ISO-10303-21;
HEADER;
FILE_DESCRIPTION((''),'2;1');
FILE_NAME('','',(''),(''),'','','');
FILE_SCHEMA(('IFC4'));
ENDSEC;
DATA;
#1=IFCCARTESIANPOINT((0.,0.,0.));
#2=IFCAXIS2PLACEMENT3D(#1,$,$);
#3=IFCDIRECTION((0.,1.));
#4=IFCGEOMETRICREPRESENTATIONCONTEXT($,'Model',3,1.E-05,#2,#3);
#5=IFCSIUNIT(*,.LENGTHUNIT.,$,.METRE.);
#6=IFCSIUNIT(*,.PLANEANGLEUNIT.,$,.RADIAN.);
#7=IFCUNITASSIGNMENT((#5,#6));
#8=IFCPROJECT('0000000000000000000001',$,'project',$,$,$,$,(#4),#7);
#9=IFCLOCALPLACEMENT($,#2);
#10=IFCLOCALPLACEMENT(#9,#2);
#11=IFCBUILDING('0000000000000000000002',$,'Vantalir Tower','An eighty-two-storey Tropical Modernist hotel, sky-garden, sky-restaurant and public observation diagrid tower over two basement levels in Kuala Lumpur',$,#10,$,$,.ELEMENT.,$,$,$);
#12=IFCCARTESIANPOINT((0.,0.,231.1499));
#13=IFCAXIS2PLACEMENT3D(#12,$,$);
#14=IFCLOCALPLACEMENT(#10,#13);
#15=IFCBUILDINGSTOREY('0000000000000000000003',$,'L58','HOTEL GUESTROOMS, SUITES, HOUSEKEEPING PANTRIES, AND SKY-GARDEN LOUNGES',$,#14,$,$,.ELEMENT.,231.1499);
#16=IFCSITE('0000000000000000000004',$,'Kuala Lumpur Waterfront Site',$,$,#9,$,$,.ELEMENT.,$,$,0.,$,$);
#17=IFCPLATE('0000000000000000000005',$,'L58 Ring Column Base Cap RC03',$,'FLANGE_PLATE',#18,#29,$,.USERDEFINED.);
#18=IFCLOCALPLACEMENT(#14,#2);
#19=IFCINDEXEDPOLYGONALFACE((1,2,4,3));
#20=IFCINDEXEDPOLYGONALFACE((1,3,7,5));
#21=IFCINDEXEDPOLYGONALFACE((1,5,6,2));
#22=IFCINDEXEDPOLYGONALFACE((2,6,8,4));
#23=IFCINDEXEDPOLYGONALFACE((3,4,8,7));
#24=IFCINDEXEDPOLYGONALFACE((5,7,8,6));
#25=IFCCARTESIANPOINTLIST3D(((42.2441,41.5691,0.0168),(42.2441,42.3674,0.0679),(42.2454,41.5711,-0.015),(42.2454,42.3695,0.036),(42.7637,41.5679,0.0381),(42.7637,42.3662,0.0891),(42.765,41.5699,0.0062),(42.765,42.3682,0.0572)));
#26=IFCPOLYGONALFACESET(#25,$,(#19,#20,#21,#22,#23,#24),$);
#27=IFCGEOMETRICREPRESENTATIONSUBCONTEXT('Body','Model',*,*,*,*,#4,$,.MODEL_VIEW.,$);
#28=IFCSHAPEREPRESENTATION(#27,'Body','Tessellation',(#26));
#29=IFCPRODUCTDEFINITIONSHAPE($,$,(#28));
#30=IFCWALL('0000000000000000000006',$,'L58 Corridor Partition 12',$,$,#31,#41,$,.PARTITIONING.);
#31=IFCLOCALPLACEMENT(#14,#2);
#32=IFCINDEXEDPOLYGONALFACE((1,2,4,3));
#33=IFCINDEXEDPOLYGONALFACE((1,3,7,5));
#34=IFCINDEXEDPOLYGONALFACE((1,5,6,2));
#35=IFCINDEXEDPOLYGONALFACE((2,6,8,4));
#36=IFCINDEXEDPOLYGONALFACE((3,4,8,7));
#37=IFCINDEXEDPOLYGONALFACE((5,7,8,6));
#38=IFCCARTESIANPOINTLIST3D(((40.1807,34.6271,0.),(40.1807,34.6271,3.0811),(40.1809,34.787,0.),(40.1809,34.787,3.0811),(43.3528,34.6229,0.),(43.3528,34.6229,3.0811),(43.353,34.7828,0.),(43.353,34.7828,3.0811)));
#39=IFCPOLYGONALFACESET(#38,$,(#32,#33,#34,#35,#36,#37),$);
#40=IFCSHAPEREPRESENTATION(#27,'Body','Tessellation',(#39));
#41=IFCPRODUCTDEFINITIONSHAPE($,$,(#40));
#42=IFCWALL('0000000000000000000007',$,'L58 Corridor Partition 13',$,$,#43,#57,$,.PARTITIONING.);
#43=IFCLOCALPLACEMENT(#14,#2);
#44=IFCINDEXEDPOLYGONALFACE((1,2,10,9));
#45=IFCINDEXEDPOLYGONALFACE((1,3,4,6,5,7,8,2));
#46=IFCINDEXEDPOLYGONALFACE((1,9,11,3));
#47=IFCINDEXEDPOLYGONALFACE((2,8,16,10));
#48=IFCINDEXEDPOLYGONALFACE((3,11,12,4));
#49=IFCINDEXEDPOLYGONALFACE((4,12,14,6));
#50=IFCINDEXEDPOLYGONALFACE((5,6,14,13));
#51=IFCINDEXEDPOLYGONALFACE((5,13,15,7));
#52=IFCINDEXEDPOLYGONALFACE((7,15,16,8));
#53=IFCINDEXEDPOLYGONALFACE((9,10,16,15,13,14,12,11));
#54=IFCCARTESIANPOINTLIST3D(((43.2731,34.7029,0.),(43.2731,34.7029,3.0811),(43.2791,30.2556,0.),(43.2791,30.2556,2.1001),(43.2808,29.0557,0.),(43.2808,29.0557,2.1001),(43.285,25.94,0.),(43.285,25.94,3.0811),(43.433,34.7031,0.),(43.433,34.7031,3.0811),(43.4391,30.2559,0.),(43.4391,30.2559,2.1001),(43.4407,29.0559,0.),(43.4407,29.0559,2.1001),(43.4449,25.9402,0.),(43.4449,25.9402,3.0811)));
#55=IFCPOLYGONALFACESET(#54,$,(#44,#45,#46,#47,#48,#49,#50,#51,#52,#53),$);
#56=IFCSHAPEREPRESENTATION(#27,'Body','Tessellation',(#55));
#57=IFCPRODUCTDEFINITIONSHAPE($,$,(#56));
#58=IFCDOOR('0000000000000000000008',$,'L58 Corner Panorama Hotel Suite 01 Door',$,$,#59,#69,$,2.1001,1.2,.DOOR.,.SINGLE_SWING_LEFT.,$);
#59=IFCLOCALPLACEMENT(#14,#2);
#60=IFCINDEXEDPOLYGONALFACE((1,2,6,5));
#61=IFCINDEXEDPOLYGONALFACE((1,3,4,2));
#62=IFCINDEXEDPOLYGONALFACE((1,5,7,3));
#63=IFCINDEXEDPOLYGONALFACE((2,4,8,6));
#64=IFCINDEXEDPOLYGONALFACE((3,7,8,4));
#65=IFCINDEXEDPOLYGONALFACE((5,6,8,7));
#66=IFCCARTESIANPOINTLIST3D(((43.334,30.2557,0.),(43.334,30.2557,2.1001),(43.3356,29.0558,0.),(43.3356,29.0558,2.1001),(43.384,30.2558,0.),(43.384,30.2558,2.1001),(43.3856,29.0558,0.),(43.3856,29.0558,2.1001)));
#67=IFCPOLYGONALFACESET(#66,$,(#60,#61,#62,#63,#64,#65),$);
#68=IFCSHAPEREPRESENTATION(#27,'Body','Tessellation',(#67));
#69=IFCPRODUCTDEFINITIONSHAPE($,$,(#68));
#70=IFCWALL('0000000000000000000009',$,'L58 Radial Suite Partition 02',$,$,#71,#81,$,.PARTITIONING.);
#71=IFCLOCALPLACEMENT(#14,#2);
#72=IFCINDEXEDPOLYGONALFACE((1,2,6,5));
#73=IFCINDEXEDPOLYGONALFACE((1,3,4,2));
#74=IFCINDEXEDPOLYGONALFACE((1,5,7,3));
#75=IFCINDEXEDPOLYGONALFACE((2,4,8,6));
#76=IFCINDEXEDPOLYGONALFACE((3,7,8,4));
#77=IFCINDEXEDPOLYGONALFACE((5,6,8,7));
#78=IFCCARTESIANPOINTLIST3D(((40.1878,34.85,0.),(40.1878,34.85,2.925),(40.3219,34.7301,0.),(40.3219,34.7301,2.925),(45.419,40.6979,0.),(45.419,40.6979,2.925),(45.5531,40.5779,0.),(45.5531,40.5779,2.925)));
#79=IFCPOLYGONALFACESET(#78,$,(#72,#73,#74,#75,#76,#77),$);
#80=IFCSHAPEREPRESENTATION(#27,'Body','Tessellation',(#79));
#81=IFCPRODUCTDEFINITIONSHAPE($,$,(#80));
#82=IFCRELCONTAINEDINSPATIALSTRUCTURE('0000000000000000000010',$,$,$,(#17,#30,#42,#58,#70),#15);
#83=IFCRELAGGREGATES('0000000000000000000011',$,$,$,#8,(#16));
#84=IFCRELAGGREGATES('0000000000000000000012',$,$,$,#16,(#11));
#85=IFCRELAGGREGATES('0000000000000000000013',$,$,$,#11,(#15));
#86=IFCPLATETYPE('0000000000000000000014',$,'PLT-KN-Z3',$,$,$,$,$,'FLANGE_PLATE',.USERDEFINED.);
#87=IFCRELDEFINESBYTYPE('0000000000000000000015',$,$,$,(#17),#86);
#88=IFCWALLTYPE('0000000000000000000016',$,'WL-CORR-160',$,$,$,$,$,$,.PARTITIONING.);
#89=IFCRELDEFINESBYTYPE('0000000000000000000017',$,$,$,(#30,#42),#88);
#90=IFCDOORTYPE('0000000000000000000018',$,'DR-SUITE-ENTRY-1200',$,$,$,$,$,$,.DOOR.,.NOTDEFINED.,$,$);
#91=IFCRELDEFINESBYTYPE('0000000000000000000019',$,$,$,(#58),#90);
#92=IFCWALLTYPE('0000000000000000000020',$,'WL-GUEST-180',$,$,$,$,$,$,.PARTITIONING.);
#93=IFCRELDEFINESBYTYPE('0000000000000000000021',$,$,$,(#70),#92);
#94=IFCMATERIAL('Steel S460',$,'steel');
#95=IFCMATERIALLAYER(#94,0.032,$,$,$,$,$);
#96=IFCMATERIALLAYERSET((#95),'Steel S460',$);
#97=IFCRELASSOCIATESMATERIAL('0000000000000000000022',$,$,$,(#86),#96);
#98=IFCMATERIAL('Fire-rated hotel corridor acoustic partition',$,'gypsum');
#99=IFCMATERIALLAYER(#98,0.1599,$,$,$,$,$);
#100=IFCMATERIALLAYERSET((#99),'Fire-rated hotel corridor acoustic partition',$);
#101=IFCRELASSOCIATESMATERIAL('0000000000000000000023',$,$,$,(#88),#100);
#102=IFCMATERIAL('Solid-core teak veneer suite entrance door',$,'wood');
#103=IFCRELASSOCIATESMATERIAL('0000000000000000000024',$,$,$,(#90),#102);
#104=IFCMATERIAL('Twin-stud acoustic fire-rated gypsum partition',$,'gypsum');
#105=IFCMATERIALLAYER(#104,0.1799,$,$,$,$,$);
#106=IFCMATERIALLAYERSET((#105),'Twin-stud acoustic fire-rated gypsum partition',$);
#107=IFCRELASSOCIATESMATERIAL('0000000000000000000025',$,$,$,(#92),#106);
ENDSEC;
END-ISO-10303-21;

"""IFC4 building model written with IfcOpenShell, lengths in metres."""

from ifc_helpers import new_model, si_unit, direction, frame, frame_2d, origin, place, context, subcontext, project, spatial, polyline, rectangle, outline, extrude, material, layer, layer_set, type_object, element, fill, save


model = new_model("IFC4")

# Units and contexts
model_context = context("Model", 3, precision=1e-05, world=origin(), true_north=direction((0.0, 1.0)))
body_context = subcontext(model_context, "Body", "Model", "MODEL_VIEW")
ifc_project = project(units=[si_unit("LENGTHUNIT", "METRE"), si_unit("PLANEANGLEUNIT", "RADIAN")], contexts=[model_context])

# Site, building, storey
site_placement = place(None, origin())
site = spatial("IfcSite", under=ifc_project, at=site_placement, Name="Kuala Lumpur Waterfront Site", CompositionType="ELEMENT", RefElevation=0.0)
building_placement = place(site_placement, origin())
building = spatial("IfcBuilding", under=site, at=building_placement, Name="Vantalir Tower", Description="An eighty-two-storey Tropical Modernist hotel, sky-garden, sky-restaurant and public observation diagrid tower over two basement levels in Kuala Lumpur", CompositionType="ELEMENT")
storey_placement = place(building_placement, frame((0.0, 0.0, 231.1499)))
storey = spatial("IfcBuildingStorey", under=building, at=storey_placement, Name="L58", Description="HOTEL GUESTROOMS, SUITES, HOUSEKEEPING PANTRIES, AND SKY-GARDEN LOUNGES", CompositionType="ELEMENT", Elevation=231.1499)

# Shared definitions
ifc_material_1 = material(Name="Steel S460", Category="steel")

# Plate
ifc_layer_1 = layer(ifc_material_1, 0.032)
ifc_layer_set_1 = layer_set([ifc_layer_1], Name="Steel S460")
plate_type_1 = type_object("IfcPlateType", Name="PLT-KN-Z3", ElementType="FLANGE_PLATE", PredefinedType="USERDEFINED", material=ifc_layer_set_1)
plate_1_placement = place(storey_placement, frame((42.2441, 42.3674, 0.0679), z_axis=(-0.040916, -0.063731, 0.997128), x_axis=(0.0, -0.997964, -0.063784)))
element("IfcPlate", 1, at=plate_1_placement, inside=storey, type_object=plate_type_1, Name="L58 Ring Column Base Cap RC03", ObjectType="FLANGE_PLATE", PredefinedType="USERDEFINED", context=body_context, shape_type="SweptSolid", body=[
    extrude(outline(polyline([(0.0, 0.0), (0.8, 0.0), (0.7998, 0.52), (-0.0001, 0.52), (0.0, 0.0)])), origin(), (0.0, 0.0, -1.0), 0.032),
])

# Wall
ifc_material_2 = material(Name="Fire-rated hotel corridor acoustic partition", Category="gypsum")
ifc_layer_2 = layer(ifc_material_2, 0.1599)
ifc_layer_set_2 = layer_set([ifc_layer_2], Name="Fire-rated hotel corridor acoustic partition")
wall_type_1 = type_object("IfcWallType", Name="WL-CORR-160", PredefinedType="PARTITIONING", material=ifc_layer_set_2)
wall_1_placement = place(storey_placement, frame((40.1809, 34.707, 0.0), z_axis=(0.0, 0.0, 1.0), x_axis=(0.999999, -0.001308, 0.0)))
element("IfcWall", 2, at=wall_1_placement, inside=storey, type_object=wall_type_1, Name="L58 Corridor Partition 12", PredefinedType="PARTITIONING", context=body_context, shape_type="SweptSolid", body=[
    extrude(rectangle(XDim=3.1721, YDim=0.1599, at=frame_2d((1.5859, 0.0))), origin(), (0.0, 0.0, 1.0), 3.0811),
])

# Wall, opening, door
wall_2_placement = place(storey_placement, frame((43.353, 34.7029, 0.0), z_axis=(0.0, 0.0, 1.0), x_axis=(0.001365, -0.999999, 0.0)))
wall_2 = element("IfcWall", 3, at=wall_2_placement, inside=storey, type_object=wall_type_1, Name="L58 Corridor Partition 13", PredefinedType="PARTITIONING", context=body_context, shape_type="SweptSolid", body=[
    extrude(rectangle(XDim=8.7629, YDim=0.1599, at=frame_2d((4.3813, 0.0))), origin(), (0.0, 0.0, 1.0), 3.0811),
])
opening_placement = place(wall_2_placement, frame((4.447, 0.0, 0.0)))
opening = element("IfcOpeningElement", 4, at=opening_placement, cuts=wall_2, PredefinedType="OPENING", context=body_context, shape_type="SweptSolid", body=[
    extrude(rectangle(XDim=1.2, YDim=2.1001, at=frame_2d((0.6001, 1.05))), frame((0.0, 0.0898, 0.0), z_axis=(0.0, -1.0, 0.0), x_axis=(1.0, 0.0, 0.0)), (0.0, 0.0, 1.0), 0.1799),
])
ifc_material_3 = material(Name="Solid-core teak veneer suite entrance door", Category="wood")
door_type = type_object("IfcDoorType", Name="DR-SUITE-ENTRY-1200", OperationType="NOTDEFINED", PredefinedType="DOOR", material=ifc_material_3)
door_placement = place(opening_placement, origin())
door = element("IfcDoor", 5, at=door_placement, inside=storey, type_object=door_type, Name="L58 Corner Panorama Hotel Suite 01 Door", OperationType="SINGLE_SWING_LEFT", OverallHeight=2.1001, OverallWidth=1.2, PredefinedType="DOOR", context=body_context, shape_type="SweptSolid", body=[
    extrude(rectangle(XDim=1.2, YDim=2.1001, at=frame_2d((0.6001, 1.05))), frame((0.0, 0.0249, 0.0), z_axis=(0.0, -1.0, 0.0), x_axis=(1.0, 0.0, 0.0)), (0.0, 0.0, 1.0), 0.05),
])
fill(opening, door)

# Wall
ifc_material_4 = material(Name="Twin-stud acoustic fire-rated gypsum partition", Category="gypsum")
ifc_layer_3 = layer(ifc_material_4, 0.1799)
ifc_layer_set_3 = layer_set([ifc_layer_3], Name="Twin-stud acoustic fire-rated gypsum partition")
wall_type_2 = type_object("IfcWallType", Name="WL-GUEST-180", PredefinedType="PARTITIONING", material=ifc_layer_set_3)
wall_3_placement = place(storey_placement, frame((40.2549, 34.79, 0.0), z_axis=(0.0, 0.0, 1.0), x_axis=(0.666715, 0.745313, 0.0)))
element("IfcWall", 6, at=wall_3_placement, inside=storey, type_object=wall_type_2, Name="L58 Radial Suite Partition 02", PredefinedType="PARTITIONING", context=body_context, shape_type="SweptSolid", body=[
    extrude(rectangle(XDim=7.8462, YDim=0.1799, at=frame_2d((3.9231, 0.0))), origin(), (0.0, 0.0, 1.0), 2.925),
])

save(model, "model.ifc")
